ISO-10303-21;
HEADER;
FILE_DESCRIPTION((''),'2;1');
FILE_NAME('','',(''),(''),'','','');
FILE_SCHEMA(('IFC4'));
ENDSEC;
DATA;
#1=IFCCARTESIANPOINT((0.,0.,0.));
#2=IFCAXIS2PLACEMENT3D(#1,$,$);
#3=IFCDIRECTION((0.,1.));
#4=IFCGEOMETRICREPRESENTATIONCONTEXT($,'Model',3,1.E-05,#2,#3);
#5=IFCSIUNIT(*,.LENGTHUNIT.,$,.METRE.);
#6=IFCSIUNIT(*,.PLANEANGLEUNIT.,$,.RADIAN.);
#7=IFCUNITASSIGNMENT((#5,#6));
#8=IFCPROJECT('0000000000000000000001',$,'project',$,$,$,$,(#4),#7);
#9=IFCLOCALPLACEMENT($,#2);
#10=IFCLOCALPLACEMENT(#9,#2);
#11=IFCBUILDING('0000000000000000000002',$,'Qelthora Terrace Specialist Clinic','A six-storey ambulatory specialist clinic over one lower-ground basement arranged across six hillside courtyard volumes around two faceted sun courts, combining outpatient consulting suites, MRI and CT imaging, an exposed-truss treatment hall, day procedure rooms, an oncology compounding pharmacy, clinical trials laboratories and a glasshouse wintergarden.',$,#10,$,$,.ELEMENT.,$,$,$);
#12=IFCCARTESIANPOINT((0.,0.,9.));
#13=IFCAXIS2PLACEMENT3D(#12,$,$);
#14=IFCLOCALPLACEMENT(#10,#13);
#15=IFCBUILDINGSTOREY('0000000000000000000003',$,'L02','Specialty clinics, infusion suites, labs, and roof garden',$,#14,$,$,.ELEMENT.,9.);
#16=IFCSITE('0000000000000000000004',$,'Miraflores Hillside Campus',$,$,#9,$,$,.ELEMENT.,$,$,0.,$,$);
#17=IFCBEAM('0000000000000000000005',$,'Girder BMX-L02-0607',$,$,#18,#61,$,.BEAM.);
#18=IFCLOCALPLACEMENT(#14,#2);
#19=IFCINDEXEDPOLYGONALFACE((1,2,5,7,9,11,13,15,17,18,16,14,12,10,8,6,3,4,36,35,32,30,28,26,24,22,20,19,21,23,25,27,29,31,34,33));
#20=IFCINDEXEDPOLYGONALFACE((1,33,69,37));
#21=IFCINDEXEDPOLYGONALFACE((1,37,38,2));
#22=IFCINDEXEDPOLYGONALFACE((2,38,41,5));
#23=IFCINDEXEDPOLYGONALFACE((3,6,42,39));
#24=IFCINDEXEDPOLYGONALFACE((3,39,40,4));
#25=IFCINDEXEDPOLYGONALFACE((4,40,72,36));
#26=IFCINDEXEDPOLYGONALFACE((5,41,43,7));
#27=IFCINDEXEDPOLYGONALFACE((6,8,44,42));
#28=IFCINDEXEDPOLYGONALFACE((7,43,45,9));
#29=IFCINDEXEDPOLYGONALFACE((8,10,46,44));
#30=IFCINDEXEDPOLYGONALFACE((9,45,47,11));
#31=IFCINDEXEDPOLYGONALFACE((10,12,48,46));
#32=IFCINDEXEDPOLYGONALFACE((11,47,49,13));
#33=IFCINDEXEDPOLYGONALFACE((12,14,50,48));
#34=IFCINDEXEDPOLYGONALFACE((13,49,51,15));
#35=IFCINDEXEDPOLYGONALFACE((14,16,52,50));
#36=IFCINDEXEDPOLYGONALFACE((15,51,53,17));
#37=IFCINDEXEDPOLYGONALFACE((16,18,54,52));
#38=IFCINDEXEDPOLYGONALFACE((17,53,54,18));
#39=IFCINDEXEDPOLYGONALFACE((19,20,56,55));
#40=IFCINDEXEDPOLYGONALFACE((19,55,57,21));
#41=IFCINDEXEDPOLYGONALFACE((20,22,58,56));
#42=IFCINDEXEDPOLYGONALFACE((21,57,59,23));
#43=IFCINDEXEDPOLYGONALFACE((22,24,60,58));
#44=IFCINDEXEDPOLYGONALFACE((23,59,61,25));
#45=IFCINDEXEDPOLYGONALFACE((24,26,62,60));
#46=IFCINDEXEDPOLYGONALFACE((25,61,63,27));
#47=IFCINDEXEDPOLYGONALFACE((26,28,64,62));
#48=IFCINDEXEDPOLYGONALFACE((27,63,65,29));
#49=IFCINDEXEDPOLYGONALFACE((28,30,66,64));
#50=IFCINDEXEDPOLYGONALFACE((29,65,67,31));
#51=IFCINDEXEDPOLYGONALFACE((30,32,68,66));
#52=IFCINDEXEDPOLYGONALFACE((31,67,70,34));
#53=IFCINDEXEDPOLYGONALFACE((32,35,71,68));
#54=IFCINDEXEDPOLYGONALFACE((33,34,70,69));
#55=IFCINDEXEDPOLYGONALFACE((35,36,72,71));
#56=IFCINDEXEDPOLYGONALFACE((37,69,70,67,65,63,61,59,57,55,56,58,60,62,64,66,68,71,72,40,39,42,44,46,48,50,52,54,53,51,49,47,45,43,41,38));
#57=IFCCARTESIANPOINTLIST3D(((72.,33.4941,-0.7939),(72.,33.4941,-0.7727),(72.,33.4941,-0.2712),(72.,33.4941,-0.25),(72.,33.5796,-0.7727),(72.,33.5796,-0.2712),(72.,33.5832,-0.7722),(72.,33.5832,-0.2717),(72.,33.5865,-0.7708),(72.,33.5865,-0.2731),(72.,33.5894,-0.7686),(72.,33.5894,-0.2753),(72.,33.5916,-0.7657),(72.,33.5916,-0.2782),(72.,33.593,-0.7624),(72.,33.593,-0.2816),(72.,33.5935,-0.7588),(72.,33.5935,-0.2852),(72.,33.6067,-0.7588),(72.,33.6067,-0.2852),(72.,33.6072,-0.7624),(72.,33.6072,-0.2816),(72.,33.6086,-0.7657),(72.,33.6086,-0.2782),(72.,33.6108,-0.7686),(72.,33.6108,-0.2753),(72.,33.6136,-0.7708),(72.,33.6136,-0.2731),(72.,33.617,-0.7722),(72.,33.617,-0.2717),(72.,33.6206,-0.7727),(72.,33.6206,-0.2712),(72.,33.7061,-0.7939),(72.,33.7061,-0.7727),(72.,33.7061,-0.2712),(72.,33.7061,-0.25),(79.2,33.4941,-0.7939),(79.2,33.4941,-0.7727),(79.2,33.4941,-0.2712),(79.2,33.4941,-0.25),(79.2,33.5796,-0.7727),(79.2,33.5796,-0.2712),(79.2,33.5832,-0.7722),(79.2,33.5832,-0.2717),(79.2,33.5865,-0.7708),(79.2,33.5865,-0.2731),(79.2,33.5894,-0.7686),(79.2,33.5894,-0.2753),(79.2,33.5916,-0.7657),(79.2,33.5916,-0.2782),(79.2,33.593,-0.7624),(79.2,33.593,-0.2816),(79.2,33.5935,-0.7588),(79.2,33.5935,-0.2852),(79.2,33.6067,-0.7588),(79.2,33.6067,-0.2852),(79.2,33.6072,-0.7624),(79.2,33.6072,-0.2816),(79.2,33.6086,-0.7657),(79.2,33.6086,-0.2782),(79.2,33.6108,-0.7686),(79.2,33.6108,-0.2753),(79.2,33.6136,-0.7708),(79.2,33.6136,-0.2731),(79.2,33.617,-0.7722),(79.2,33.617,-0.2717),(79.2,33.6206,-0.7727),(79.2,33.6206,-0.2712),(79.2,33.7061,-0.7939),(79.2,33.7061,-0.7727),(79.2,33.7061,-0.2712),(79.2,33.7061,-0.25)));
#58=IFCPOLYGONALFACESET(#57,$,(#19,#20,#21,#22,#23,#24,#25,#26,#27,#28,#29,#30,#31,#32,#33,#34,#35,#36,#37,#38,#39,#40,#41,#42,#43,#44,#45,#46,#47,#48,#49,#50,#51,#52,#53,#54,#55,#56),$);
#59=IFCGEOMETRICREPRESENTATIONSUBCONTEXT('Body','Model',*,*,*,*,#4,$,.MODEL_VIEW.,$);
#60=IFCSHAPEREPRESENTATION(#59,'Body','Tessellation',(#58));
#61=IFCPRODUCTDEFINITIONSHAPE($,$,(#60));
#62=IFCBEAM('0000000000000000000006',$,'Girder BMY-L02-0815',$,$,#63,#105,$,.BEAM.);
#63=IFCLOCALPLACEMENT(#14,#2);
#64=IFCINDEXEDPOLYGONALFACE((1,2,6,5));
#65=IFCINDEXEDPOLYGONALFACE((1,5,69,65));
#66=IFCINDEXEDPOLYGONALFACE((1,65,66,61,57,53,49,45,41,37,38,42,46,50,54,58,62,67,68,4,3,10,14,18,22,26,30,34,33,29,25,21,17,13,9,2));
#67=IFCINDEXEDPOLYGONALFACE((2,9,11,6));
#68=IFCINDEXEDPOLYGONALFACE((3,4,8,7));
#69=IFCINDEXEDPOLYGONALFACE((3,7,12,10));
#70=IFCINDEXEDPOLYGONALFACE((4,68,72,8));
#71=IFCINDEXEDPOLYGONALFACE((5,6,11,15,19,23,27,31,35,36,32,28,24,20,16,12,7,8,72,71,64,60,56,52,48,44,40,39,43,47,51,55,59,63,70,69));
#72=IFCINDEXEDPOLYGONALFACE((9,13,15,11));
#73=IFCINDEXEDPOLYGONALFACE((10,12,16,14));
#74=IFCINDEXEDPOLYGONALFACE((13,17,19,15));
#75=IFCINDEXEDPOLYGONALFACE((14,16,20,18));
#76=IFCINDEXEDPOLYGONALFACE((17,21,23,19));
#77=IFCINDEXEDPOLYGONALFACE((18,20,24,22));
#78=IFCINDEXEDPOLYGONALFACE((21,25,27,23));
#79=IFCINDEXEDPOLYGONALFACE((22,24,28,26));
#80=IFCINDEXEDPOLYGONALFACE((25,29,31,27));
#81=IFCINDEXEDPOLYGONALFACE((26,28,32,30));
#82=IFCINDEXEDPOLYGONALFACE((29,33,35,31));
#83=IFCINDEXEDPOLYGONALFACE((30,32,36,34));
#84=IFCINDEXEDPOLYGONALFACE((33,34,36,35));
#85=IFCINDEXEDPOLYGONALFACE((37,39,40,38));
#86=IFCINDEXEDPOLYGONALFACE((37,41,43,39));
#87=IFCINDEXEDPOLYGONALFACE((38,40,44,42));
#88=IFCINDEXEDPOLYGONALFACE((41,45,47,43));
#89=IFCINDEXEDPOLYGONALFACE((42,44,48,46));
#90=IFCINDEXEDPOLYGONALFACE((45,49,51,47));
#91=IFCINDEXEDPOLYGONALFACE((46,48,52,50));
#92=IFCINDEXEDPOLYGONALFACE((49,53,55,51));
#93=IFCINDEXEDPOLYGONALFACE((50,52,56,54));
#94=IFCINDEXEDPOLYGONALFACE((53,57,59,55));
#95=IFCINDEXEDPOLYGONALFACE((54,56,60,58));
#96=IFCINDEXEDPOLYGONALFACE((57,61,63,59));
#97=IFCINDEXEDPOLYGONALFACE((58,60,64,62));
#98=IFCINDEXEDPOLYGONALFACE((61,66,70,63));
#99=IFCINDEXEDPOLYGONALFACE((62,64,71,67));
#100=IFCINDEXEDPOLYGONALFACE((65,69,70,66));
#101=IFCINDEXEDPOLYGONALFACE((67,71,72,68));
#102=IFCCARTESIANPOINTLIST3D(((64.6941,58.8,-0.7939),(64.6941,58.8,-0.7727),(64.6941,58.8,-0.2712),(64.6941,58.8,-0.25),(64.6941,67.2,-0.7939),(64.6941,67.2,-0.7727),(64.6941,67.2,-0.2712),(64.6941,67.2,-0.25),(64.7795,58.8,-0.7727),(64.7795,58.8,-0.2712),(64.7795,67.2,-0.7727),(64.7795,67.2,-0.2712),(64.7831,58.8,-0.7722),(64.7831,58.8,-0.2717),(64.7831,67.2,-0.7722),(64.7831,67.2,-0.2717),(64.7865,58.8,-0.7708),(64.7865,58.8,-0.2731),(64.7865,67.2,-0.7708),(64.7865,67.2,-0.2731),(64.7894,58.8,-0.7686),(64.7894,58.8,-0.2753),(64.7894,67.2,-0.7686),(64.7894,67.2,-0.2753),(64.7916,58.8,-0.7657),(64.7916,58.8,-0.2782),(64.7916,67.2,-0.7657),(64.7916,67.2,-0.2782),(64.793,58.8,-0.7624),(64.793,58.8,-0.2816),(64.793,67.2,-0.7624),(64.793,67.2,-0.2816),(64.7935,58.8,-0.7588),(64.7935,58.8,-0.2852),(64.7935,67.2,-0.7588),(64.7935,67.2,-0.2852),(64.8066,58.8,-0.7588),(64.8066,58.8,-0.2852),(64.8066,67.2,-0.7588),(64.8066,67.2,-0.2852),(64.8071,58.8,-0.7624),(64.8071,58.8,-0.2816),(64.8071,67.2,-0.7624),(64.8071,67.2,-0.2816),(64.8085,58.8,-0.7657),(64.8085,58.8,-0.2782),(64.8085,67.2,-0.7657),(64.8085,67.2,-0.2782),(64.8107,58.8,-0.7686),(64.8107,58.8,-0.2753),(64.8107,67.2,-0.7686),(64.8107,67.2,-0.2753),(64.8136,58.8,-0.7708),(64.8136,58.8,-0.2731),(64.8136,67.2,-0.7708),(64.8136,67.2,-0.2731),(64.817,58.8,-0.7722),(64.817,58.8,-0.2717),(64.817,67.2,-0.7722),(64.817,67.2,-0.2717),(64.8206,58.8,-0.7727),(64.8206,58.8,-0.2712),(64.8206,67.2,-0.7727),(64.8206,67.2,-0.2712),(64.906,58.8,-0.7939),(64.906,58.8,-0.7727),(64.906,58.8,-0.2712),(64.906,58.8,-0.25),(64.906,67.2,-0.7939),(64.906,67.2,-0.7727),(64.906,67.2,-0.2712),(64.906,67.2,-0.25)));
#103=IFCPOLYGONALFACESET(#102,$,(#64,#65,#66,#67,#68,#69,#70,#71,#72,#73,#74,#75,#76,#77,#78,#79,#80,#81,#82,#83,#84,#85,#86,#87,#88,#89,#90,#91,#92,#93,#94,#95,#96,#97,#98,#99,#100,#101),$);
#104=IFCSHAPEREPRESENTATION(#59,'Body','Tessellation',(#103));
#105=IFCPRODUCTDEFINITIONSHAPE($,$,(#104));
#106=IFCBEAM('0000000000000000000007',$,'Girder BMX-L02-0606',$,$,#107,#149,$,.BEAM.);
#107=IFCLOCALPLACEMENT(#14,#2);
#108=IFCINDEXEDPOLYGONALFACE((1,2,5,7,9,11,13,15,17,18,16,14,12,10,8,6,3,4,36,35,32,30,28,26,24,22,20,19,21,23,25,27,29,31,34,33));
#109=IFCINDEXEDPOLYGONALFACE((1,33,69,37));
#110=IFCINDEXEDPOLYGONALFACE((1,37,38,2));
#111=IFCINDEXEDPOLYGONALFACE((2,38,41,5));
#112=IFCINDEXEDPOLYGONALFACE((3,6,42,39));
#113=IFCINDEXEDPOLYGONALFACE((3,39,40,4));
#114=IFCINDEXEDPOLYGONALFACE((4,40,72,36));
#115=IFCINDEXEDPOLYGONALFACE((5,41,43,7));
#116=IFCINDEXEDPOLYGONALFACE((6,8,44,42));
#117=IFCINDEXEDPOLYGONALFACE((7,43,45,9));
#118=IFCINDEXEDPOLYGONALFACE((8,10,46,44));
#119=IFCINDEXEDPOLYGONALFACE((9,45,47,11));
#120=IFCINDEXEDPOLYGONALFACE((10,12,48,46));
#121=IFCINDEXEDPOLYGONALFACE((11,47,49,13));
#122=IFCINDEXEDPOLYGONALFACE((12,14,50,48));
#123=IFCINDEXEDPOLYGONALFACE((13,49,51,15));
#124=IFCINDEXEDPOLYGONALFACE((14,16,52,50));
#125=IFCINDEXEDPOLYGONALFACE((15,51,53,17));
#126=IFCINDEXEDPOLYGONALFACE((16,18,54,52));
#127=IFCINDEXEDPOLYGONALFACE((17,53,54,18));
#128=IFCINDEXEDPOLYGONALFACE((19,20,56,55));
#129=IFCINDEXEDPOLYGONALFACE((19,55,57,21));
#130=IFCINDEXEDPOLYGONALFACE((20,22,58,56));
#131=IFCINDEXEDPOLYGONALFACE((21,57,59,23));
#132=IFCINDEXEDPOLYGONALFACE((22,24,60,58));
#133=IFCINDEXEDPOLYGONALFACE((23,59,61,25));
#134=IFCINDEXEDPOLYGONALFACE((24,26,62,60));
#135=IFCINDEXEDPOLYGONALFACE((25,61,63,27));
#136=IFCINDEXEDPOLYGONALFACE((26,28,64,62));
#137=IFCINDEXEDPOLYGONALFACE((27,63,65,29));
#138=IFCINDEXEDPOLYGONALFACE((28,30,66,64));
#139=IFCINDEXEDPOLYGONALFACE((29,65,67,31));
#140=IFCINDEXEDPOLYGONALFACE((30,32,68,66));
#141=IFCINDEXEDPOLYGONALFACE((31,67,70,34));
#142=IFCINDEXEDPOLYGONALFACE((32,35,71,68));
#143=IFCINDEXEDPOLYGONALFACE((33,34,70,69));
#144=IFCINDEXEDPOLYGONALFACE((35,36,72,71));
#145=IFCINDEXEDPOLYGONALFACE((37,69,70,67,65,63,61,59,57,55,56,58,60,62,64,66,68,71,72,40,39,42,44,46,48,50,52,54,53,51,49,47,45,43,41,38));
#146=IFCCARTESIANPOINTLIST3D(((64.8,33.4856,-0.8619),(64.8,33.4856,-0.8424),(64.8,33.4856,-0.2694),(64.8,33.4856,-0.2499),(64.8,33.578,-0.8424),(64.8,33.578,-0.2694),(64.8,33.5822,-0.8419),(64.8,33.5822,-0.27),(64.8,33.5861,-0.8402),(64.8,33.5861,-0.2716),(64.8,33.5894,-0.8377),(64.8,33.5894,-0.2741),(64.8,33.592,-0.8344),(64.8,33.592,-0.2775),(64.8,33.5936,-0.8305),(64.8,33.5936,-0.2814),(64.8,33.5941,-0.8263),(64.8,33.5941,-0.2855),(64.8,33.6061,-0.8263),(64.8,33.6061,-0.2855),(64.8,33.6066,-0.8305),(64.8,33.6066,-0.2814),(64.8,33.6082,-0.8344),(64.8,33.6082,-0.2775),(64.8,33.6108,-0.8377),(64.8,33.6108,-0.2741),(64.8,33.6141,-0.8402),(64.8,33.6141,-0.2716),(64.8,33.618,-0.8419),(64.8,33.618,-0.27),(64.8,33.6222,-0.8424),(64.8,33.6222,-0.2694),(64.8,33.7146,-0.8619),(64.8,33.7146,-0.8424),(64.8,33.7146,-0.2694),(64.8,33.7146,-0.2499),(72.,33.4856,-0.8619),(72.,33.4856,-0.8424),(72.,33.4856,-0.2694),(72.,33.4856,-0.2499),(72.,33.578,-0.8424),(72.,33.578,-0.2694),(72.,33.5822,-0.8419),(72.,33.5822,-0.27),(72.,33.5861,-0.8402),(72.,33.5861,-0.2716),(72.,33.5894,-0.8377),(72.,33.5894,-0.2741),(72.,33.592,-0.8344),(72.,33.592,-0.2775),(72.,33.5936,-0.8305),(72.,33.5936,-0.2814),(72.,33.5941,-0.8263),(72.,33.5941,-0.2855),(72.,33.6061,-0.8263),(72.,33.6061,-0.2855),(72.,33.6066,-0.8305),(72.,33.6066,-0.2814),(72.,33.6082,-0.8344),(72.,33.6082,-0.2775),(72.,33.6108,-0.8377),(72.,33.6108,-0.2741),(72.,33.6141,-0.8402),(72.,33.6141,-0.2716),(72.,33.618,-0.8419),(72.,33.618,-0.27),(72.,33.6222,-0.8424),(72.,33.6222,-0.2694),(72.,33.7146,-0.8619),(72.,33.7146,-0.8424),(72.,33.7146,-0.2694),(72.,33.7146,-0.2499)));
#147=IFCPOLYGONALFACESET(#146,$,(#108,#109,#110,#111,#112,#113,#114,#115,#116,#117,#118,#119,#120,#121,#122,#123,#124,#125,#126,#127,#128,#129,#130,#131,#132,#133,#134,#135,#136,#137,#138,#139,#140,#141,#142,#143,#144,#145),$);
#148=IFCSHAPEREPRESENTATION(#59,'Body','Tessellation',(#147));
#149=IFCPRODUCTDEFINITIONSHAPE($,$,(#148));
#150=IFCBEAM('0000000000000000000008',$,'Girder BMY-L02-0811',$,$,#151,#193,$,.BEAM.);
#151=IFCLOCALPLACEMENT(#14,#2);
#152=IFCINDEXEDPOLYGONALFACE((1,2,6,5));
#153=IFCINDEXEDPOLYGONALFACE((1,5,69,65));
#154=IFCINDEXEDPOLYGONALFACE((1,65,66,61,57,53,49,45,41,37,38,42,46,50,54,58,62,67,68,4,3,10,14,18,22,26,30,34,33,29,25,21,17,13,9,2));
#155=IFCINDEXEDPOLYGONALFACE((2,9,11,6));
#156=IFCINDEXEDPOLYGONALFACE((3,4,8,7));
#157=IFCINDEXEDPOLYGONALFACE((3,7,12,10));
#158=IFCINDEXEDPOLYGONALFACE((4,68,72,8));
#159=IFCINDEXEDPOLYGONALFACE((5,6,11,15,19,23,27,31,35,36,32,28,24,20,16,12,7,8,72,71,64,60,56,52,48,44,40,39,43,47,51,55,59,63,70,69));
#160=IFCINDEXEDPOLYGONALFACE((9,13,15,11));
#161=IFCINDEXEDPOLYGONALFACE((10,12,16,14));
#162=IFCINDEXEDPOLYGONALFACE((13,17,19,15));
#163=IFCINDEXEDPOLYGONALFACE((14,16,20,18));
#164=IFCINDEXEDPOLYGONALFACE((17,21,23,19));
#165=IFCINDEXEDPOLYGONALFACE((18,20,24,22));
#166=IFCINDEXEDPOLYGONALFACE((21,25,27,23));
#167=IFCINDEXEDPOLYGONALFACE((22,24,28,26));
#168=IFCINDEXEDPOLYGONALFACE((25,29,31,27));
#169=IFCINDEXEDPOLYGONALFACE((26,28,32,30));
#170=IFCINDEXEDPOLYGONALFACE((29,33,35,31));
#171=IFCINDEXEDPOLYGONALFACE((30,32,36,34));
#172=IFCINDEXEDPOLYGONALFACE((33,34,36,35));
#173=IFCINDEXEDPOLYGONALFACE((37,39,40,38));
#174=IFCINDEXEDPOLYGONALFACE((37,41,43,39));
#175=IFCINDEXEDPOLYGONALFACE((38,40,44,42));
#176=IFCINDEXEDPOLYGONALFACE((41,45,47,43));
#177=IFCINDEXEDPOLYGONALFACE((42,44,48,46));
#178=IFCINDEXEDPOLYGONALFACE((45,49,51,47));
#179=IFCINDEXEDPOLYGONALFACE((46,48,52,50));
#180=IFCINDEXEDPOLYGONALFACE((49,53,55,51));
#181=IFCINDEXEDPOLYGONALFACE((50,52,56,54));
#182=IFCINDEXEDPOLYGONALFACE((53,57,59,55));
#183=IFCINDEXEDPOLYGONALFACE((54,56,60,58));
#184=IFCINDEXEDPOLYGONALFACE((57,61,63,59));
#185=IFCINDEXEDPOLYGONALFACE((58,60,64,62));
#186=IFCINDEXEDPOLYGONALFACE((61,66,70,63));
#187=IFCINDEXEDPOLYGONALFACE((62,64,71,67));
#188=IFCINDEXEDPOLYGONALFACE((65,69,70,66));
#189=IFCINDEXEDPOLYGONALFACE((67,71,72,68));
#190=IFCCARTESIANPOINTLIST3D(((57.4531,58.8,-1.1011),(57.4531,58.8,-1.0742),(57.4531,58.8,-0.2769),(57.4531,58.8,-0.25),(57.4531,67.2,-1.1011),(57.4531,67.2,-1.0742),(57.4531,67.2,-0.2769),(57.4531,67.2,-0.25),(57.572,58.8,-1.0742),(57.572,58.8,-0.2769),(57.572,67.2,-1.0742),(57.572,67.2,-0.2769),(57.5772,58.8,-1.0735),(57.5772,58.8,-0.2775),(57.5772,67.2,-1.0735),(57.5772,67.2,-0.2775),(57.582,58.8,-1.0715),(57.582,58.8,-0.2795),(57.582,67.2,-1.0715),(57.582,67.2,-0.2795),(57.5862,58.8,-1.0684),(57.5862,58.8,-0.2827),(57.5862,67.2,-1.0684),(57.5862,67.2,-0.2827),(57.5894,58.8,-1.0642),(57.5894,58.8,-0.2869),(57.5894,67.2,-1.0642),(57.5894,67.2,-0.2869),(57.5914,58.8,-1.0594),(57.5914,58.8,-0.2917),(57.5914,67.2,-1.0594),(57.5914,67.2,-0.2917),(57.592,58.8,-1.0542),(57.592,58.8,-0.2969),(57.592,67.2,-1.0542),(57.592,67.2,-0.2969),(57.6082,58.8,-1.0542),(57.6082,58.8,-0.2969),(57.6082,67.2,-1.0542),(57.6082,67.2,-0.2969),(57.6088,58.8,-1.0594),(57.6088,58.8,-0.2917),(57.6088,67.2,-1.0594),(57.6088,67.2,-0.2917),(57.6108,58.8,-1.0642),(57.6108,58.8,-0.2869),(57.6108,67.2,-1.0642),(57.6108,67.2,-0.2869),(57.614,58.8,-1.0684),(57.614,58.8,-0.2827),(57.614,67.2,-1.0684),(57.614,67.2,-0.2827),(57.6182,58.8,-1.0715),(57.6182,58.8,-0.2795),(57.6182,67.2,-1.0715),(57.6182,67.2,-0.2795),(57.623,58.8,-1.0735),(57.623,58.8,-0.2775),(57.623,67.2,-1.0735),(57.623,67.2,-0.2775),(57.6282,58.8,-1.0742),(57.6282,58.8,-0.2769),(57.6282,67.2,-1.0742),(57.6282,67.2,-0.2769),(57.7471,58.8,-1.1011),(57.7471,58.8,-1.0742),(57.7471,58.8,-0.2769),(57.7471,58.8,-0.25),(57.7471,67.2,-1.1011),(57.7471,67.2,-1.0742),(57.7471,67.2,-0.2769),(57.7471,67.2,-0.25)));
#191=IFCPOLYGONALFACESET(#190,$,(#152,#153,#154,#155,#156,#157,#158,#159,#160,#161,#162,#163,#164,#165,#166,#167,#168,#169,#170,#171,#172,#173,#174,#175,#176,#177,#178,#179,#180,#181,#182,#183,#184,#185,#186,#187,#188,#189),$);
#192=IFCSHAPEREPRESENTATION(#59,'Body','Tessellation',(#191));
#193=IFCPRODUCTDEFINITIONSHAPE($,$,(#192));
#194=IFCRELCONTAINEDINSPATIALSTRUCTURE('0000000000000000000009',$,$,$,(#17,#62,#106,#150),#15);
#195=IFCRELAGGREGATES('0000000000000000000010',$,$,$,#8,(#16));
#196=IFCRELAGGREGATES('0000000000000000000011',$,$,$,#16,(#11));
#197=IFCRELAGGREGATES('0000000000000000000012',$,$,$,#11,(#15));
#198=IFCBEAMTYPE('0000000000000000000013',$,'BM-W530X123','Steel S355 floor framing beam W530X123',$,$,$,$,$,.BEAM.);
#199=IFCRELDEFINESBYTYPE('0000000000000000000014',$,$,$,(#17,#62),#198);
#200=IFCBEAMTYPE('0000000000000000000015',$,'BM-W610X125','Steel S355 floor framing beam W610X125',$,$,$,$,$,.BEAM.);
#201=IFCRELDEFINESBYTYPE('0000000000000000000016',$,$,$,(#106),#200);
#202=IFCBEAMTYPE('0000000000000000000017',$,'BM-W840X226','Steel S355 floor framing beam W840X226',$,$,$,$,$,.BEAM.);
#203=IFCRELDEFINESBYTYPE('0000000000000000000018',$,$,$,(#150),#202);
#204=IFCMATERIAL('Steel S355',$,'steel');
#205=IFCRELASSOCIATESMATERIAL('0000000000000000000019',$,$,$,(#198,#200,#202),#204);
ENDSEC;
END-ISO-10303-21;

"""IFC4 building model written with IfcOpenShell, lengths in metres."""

from ifc_helpers import new_model, si_unit, direction, frame, origin, origin_2d, place, context, subcontext, project, spatial, i_section, extrude, material, material_profile, profile_set, type_object, element, save


model = new_model("IFC4")

# Units and contexts
model_context = context("Model", 3, precision=1e-05, world=origin(), true_north=direction((0.0, 1.0)))
body_context = subcontext(model_context, "Body", "Model", "MODEL_VIEW")
ifc_project = project(units=[si_unit("LENGTHUNIT", "METRE"), si_unit("PLANEANGLEUNIT", "RADIAN")], contexts=[model_context])

# Site, building, storey
site_placement = place(None, origin())
site = spatial("IfcSite", under=ifc_project, at=site_placement, Name="Miraflores Hillside Campus", CompositionType="ELEMENT", RefElevation=0.0)
building_placement = place(site_placement, origin())
building = spatial("IfcBuilding", under=site, at=building_placement, Name="Qelthora Terrace Specialist Clinic", Description="A six-storey ambulatory specialist clinic over one lower-ground basement arranged across six hillside courtyard volumes around two faceted sun courts, combining outpatient consulting suites, MRI and CT imaging, an exposed-truss treatment hall, day procedure rooms, an oncology compounding pharmacy, clinical trials laboratories and a glasshouse wintergarden.", CompositionType="ELEMENT")
storey_placement = place(building_placement, frame((0.0, 0.0, 9.0)))
storey = spatial("IfcBuildingStorey", under=building, at=storey_placement, Name="L02", Description="Specialty clinics, infusion suites, labs, and roof garden", CompositionType="ELEMENT", Elevation=9.0)

# Shared definitions
ifc_material = material(Name="Steel S355", Category="steel")

# Beams
ifc_material_profile_1 = material_profile(ifc_material, i_section(OverallWidth=0.2119, OverallDepth=0.5439, WebThickness=0.0132, FlangeThickness=0.0212, FilletRadius=0.0139, at=origin_2d()), Name="W530X123")
ifc_profile_set_1 = profile_set([ifc_material_profile_1], Name="Steel S355")
beam_type_1 = type_object("IfcBeamType", Name="BM-W530X123", Description="Steel S355 floor framing beam W530X123", PredefinedType="BEAM", material=ifc_profile_set_1)
beam_1_placement = place(storey_placement, frame((72.0, 33.6001, -0.522), z_axis=(1.0, 0.0, 0.0), x_axis=(0.0, 1.0, 0.0)))
element("IfcBeam", 1, at=beam_1_placement, inside=storey, type_object=beam_type_1, Name="Girder BMX-L02-0607", PredefinedType="BEAM", context=body_context, shape_type="SweptSolid", body=[
    extrude(i_section(OverallWidth=0.2119, OverallDepth=0.5439, WebThickness=0.0132, FlangeThickness=0.0212, FilletRadius=0.0139, at=origin_2d()), origin(), (0.0, 0.0, 1.0), 7.2),
])
beam_2_placement = place(storey_placement, frame((64.8, 58.8, -0.522), z_axis=(0.0, 1.0, 0.0), x_axis=(-1.0, 0.0, 0.0)))
element("IfcBeam", 2, at=beam_2_placement, inside=storey, type_object=beam_type_1, Name="Girder BMY-L02-0815", PredefinedType="BEAM", context=body_context, shape_type="SweptSolid", body=[
    extrude(i_section(OverallWidth=0.2119, OverallDepth=0.5439, WebThickness=0.0132, FlangeThickness=0.0212, FilletRadius=0.0139, at=origin_2d()), origin(), (0.0, 0.0, 1.0), 8.3999),
])
ifc_material_profile_2 = material_profile(ifc_material, i_section(OverallWidth=0.229, OverallDepth=0.6121, WebThickness=0.012, FlangeThickness=0.0195, FilletRadius=0.0161, at=origin_2d()), Name="W610X125")
ifc_profile_set_2 = profile_set([ifc_material_profile_2], Name="Steel S355")
beam_type_2 = type_object("IfcBeamType", Name="BM-W610X125", Description="Steel S355 floor framing beam W610X125", PredefinedType="BEAM", material=ifc_profile_set_2)
beam_3_placement = place(storey_placement, frame((64.8, 33.6001, -0.5559), z_axis=(1.0, 0.0, 0.0), x_axis=(0.0, 1.0, 0.0)))
element("IfcBeam", 3, at=beam_3_placement, inside=storey, type_object=beam_type_2, Name="Girder BMX-L02-0606", PredefinedType="BEAM", context=body_context, shape_type="SweptSolid", body=[
    extrude(i_section(OverallWidth=0.229, OverallDepth=0.6121, WebThickness=0.012, FlangeThickness=0.0195, FilletRadius=0.0161, at=origin_2d()), origin(), (0.0, 0.0, 1.0), 7.2),
])
ifc_material_profile_3 = material_profile(ifc_material, i_section(OverallWidth=0.2939, OverallDepth=0.8511, WebThickness=0.0161, FlangeThickness=0.0269, FilletRadius=0.02, at=origin_2d()), Name="W840X226")
ifc_profile_set_3 = profile_set([ifc_material_profile_3], Name="Steel S355")
beam_type_3 = type_object("IfcBeamType", Name="BM-W840X226", Description="Steel S355 floor framing beam W840X226", PredefinedType="BEAM", material=ifc_profile_set_3)
beam_4_placement = place(storey_placement, frame((57.6001, 58.8, -0.6755), z_axis=(0.0, 1.0, 0.0), x_axis=(-1.0, 0.0, 0.0)))
element("IfcBeam", 4, at=beam_4_placement, inside=storey, type_object=beam_type_3, Name="Girder BMY-L02-0811", PredefinedType="BEAM", context=body_context, shape_type="SweptSolid", body=[
    extrude(i_section(OverallWidth=0.2939, OverallDepth=0.8511, WebThickness=0.0161, FlangeThickness=0.0269, FilletRadius=0.02, at=origin_2d()), origin(), (0.0, 0.0, 1.0), 8.3999),
])

save(model, "model.ifc")
